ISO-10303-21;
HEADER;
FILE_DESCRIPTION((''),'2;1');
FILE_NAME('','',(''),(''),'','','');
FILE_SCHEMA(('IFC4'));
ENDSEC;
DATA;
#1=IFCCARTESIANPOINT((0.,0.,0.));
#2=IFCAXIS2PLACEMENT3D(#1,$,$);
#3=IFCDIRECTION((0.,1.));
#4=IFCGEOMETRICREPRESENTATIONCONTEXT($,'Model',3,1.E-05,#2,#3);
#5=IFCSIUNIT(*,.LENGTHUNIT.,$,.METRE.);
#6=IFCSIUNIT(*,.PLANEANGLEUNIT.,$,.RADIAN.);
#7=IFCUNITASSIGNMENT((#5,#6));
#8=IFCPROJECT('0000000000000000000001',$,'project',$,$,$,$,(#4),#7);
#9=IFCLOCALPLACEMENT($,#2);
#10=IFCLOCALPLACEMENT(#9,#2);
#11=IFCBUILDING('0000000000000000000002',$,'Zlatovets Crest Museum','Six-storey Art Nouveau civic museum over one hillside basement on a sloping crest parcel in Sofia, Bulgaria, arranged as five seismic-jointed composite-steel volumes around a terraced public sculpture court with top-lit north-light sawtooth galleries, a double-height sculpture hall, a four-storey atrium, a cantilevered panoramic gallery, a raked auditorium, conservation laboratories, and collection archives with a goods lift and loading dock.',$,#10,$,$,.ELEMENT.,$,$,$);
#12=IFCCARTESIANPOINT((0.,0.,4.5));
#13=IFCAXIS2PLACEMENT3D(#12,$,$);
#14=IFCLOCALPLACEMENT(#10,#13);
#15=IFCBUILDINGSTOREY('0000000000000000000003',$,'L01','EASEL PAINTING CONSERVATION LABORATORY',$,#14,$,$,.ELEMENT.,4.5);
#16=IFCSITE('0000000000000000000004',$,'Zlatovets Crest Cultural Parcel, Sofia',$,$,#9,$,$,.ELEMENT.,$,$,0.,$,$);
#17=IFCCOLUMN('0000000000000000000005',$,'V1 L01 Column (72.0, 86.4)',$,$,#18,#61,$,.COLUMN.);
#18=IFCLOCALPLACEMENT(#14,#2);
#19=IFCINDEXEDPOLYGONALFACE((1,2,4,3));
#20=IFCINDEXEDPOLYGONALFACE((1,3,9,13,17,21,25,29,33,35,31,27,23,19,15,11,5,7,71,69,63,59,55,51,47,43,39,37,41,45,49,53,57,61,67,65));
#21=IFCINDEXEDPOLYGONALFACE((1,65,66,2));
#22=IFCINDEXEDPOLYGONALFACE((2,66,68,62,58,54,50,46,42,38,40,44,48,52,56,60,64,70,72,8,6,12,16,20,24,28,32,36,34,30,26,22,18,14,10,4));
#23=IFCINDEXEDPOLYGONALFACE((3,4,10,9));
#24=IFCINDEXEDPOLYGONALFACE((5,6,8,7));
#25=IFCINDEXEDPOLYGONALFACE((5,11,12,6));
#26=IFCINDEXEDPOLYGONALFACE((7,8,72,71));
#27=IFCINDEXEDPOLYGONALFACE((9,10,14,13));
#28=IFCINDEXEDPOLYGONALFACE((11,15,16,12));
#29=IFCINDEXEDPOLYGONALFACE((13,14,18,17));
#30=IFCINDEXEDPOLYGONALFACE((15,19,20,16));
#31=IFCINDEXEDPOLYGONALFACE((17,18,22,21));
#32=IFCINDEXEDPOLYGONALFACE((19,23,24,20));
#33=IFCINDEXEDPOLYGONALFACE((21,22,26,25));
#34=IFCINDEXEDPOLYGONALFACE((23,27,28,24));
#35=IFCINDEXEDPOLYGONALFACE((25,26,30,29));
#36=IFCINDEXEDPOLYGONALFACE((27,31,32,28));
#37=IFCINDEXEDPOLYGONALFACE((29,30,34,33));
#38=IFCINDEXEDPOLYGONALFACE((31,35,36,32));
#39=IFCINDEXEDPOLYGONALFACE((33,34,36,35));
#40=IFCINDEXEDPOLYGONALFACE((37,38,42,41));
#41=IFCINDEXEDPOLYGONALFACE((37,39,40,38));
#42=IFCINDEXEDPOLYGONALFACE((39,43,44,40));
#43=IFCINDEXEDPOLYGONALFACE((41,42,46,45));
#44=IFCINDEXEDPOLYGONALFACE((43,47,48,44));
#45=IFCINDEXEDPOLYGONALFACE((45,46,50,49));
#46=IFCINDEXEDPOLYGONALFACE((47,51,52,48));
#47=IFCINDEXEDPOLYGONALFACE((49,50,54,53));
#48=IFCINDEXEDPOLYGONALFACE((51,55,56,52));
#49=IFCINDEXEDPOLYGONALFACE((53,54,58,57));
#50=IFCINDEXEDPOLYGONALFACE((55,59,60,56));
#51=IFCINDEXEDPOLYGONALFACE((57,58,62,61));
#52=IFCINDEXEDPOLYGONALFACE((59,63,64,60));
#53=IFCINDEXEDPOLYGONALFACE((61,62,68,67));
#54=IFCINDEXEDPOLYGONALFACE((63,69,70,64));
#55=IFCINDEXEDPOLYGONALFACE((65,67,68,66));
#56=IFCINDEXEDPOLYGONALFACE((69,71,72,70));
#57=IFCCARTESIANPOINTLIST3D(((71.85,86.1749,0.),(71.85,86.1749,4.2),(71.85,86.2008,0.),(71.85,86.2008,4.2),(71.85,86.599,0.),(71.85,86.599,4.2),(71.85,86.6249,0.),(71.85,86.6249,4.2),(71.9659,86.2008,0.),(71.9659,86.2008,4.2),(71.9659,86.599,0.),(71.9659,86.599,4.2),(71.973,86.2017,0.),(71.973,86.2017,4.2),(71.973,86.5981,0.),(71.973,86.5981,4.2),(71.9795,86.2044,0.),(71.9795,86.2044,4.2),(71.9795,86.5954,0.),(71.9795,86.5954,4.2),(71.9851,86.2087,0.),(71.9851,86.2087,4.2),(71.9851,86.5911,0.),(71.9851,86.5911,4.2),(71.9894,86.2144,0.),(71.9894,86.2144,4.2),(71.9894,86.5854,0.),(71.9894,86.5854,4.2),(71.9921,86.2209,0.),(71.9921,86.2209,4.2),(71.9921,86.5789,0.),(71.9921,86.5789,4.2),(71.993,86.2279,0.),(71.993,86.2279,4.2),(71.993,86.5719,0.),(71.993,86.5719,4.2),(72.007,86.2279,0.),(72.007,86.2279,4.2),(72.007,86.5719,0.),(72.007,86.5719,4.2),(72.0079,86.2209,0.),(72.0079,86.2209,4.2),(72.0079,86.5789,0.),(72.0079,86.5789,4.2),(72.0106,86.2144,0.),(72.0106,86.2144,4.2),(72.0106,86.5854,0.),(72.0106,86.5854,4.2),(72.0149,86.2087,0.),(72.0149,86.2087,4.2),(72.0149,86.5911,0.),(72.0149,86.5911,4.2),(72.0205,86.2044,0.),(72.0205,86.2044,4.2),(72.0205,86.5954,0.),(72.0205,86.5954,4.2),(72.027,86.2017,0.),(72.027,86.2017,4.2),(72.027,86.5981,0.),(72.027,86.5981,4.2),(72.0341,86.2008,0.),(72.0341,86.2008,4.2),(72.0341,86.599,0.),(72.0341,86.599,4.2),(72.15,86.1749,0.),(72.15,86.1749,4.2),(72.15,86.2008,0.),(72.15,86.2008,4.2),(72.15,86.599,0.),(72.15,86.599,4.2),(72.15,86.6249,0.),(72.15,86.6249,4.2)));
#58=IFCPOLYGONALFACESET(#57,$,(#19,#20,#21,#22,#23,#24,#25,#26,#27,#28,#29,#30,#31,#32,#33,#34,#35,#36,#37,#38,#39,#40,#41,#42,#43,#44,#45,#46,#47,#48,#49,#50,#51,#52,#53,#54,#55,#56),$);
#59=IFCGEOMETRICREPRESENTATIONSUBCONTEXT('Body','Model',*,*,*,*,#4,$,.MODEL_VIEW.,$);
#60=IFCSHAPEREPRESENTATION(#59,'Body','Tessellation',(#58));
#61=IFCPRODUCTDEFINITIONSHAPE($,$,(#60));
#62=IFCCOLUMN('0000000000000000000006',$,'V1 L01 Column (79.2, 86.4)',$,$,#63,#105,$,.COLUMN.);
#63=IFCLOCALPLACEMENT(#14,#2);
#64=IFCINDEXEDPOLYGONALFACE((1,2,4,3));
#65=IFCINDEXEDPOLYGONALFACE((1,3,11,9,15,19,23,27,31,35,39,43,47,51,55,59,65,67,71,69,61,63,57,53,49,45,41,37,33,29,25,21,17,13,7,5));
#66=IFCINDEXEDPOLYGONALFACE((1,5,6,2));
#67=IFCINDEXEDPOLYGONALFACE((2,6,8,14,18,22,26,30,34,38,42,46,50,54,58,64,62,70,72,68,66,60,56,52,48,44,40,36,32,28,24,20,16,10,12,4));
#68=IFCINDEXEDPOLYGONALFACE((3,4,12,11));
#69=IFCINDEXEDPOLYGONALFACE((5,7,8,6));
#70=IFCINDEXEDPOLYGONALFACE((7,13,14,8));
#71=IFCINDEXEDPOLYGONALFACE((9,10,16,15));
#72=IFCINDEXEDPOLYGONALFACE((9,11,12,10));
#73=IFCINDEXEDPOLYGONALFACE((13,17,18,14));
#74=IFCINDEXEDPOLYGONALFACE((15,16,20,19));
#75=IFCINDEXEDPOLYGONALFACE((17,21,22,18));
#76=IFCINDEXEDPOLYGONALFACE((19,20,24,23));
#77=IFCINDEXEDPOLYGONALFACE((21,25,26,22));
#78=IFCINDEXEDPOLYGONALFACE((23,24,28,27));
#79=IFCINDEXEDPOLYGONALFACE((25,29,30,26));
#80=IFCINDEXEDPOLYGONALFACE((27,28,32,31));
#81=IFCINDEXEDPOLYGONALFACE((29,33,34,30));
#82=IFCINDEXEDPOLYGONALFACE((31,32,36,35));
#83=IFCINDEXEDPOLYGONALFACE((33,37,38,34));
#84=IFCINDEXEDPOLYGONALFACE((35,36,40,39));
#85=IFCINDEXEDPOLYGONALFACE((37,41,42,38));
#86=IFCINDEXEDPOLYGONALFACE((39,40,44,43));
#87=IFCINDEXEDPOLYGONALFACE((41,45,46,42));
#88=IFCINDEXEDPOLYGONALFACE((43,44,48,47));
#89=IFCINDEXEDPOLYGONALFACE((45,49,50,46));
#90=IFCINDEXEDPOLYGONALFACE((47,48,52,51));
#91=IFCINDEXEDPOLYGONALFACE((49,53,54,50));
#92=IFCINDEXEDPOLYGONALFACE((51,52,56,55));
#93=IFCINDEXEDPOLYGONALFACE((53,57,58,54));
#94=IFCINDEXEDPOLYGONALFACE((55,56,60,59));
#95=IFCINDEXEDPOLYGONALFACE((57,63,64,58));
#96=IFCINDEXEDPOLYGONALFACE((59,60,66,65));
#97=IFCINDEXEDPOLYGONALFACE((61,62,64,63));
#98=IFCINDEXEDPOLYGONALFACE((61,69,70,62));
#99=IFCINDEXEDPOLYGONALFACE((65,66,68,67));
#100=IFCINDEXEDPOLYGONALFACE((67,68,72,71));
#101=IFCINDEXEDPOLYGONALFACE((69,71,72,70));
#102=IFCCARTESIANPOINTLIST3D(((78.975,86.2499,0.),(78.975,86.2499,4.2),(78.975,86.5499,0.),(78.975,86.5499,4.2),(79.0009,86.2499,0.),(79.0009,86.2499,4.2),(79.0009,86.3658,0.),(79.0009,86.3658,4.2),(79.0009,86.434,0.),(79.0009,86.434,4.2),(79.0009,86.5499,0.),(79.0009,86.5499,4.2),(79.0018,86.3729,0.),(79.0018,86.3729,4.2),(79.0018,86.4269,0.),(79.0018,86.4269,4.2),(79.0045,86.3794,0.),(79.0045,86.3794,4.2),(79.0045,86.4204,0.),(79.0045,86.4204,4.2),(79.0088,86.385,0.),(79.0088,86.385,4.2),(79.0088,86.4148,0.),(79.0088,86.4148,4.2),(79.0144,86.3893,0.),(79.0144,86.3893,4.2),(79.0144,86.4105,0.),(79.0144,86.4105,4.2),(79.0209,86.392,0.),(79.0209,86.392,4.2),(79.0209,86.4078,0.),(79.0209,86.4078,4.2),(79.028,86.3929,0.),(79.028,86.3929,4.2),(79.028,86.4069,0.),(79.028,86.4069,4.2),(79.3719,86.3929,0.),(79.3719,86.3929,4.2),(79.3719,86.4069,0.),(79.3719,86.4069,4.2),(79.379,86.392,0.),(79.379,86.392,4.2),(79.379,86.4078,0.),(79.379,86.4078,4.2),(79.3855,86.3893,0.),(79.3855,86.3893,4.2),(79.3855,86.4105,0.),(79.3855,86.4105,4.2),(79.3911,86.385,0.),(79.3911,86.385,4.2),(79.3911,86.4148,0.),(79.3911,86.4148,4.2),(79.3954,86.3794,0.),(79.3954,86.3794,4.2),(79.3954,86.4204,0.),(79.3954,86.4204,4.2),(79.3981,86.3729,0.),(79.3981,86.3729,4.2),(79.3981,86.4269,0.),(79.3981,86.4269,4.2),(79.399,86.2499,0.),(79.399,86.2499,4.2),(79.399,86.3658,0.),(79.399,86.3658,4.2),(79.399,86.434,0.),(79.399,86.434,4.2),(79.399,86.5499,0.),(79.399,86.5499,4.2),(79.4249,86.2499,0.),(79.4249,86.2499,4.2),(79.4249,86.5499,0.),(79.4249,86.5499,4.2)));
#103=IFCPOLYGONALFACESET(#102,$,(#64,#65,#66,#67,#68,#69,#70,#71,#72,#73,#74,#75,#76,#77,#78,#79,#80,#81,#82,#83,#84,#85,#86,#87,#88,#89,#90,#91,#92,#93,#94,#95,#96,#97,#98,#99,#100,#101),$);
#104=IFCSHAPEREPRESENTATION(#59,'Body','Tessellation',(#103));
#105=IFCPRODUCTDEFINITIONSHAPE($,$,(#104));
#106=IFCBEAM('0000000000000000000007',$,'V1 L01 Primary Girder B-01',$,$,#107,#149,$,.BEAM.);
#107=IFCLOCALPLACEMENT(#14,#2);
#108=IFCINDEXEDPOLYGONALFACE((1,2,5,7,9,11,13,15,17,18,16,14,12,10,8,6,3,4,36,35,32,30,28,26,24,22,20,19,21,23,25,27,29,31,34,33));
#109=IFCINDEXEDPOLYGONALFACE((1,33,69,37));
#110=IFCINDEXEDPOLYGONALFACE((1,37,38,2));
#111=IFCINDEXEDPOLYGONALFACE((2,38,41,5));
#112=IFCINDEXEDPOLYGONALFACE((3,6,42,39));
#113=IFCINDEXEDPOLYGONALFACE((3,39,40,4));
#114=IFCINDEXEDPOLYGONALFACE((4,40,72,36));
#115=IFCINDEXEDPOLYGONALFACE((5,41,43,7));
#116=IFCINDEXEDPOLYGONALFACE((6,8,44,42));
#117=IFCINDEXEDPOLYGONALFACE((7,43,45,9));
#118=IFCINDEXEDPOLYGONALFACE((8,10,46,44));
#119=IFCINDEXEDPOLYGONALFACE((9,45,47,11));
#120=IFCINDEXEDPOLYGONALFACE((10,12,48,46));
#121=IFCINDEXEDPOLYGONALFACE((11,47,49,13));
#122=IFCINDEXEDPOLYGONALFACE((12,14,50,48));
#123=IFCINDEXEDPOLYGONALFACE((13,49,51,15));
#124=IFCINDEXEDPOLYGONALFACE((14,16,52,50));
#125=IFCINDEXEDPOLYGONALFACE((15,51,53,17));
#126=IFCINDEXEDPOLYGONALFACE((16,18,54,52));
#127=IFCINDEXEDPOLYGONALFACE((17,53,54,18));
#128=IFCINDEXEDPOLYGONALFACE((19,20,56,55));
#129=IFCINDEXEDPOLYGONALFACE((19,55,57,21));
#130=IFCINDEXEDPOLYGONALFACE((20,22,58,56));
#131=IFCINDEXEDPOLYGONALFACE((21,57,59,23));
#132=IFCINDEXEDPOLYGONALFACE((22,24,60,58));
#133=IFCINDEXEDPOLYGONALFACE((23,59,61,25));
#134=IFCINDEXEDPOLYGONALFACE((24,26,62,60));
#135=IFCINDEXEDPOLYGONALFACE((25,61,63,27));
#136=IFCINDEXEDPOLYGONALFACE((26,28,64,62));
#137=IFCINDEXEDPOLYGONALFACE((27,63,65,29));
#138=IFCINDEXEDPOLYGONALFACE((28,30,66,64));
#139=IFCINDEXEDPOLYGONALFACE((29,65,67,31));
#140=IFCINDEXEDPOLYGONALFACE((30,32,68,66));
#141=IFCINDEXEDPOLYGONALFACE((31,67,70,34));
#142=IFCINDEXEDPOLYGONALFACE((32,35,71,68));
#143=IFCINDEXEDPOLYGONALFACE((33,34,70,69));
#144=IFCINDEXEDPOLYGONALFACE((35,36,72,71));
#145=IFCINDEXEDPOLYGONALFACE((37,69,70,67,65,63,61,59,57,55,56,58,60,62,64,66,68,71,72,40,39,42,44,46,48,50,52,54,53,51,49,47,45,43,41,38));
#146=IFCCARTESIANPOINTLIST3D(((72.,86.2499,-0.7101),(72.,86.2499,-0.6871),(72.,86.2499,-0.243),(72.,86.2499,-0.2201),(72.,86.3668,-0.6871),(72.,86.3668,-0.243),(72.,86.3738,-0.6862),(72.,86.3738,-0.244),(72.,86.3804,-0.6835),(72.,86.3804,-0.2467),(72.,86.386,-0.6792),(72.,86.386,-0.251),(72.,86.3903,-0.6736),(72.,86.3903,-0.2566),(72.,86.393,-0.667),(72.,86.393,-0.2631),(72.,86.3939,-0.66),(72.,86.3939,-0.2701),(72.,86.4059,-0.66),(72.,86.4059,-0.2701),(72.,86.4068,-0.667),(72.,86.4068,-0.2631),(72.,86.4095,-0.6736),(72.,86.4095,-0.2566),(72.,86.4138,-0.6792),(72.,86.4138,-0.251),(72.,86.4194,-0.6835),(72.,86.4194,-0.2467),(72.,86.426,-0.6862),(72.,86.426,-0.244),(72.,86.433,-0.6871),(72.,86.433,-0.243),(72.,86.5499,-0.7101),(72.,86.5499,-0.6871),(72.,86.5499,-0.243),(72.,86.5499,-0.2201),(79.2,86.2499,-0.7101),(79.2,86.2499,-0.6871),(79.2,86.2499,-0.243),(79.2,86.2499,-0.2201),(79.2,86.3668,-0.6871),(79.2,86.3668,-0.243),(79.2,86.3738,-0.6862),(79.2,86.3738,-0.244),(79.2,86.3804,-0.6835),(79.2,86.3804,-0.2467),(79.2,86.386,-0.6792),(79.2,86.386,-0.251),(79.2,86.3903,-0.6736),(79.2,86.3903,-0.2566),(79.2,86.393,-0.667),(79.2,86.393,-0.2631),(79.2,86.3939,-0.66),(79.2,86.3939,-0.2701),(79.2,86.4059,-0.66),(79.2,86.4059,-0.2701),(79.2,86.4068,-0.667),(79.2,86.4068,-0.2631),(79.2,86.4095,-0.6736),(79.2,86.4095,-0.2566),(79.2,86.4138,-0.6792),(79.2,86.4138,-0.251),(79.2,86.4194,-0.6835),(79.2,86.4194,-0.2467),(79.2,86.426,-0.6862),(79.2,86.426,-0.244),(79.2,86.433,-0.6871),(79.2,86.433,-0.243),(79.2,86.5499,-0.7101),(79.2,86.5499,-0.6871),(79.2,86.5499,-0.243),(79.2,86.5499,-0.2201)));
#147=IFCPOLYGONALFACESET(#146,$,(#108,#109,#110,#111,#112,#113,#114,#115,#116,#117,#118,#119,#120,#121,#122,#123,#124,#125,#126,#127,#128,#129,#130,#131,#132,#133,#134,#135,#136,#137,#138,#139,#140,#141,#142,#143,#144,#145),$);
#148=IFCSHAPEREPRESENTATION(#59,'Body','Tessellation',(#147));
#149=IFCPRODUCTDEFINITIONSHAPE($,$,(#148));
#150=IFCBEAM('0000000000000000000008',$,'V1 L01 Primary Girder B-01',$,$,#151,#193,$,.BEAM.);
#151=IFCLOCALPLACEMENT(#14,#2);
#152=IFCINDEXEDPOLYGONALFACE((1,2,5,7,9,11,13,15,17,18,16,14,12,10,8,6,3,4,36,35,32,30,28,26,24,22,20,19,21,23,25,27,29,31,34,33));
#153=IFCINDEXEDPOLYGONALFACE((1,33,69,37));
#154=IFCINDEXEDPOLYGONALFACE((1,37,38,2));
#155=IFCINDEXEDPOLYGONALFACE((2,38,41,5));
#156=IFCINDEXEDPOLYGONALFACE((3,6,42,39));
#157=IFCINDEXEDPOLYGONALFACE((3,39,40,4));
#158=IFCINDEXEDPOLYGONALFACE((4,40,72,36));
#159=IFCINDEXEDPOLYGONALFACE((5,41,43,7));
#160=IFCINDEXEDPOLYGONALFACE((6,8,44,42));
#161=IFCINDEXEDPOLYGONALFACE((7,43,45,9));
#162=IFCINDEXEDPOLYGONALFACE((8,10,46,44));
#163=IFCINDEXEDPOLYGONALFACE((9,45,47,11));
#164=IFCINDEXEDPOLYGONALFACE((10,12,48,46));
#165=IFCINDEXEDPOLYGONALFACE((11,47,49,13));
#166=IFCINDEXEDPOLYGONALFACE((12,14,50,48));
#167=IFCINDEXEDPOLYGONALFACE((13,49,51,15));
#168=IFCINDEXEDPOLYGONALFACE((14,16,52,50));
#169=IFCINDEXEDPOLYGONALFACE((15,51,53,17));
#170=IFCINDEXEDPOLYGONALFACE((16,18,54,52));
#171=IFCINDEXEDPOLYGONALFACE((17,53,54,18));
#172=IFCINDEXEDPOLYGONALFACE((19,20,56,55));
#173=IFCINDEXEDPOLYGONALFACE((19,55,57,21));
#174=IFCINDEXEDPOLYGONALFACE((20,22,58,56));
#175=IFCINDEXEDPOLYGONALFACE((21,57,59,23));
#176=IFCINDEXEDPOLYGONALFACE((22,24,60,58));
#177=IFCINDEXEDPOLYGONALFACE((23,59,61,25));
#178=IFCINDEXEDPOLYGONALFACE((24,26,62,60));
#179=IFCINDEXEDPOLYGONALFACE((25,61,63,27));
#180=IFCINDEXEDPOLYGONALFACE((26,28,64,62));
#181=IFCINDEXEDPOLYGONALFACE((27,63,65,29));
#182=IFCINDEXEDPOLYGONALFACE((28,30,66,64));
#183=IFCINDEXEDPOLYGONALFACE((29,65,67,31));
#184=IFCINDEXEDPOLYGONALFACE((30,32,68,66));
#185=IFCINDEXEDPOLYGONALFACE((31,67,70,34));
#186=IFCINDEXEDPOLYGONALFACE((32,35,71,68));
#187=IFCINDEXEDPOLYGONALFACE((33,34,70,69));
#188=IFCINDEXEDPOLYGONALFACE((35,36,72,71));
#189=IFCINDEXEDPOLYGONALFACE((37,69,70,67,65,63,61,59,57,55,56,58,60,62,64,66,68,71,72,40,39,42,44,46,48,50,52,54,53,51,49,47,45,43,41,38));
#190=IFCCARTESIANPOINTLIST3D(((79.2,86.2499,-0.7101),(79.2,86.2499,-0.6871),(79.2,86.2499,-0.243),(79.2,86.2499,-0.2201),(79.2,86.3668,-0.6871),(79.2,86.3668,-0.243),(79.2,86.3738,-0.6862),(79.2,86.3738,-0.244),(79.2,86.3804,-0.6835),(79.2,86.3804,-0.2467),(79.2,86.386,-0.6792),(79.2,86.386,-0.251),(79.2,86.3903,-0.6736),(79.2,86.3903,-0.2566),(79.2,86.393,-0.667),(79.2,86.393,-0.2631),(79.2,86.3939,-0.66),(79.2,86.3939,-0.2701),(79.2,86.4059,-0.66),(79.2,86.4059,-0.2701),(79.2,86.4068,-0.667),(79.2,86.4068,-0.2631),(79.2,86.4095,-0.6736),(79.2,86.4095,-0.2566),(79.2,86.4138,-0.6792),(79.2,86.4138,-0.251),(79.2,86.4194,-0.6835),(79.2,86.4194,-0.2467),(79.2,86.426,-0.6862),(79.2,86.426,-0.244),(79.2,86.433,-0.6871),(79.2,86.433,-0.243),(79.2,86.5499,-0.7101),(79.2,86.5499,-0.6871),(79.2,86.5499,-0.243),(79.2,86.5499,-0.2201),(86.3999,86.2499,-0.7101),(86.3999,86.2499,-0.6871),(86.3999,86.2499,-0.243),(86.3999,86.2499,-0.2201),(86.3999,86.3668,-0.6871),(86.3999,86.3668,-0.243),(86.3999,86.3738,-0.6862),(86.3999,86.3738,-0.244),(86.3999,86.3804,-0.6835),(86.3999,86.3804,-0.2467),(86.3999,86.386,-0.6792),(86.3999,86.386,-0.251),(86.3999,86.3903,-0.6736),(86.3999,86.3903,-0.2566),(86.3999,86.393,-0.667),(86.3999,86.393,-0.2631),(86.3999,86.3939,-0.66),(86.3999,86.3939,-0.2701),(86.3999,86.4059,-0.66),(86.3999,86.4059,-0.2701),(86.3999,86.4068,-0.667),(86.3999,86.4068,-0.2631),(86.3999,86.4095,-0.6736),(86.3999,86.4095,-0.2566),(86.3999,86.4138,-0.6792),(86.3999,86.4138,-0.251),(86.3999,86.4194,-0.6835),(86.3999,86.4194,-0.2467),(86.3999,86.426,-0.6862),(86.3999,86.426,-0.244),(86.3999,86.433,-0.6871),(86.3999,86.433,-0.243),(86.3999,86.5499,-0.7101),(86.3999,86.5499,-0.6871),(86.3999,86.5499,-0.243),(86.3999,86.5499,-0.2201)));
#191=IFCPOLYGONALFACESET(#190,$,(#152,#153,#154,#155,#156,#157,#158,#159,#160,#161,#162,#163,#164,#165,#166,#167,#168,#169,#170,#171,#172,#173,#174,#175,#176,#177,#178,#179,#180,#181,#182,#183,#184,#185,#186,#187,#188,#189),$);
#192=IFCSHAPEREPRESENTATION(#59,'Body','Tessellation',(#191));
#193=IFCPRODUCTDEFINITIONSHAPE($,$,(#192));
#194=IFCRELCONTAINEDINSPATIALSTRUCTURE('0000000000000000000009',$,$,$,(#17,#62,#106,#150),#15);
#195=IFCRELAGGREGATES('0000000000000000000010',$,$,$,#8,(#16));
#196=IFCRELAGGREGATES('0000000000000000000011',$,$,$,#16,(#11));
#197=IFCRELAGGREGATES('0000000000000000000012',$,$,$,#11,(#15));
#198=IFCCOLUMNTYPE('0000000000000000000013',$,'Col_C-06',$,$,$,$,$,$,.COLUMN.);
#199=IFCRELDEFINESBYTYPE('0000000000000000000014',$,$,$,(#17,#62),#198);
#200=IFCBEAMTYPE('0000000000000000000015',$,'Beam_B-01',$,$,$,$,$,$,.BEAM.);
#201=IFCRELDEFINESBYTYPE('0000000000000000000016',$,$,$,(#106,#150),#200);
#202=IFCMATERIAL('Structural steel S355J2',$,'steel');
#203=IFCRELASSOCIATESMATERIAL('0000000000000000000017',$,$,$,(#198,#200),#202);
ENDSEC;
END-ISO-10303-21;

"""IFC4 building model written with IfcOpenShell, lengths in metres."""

from ifc_helpers import new_model, si_unit, direction, frame, origin, origin_2d, place, context, subcontext, project, spatial, i_section, extrude, material, material_profile, profile_set, type_object, element, save


model = new_model("IFC4")

# Units and contexts
model_context = context("Model", 3, precision=1e-05, world=origin(), true_north=direction((0.0, 1.0)))
body_context = subcontext(model_context, "Body", "Model", "MODEL_VIEW")
ifc_project = project(units=[si_unit("LENGTHUNIT", "METRE"), si_unit("PLANEANGLEUNIT", "RADIAN")], contexts=[model_context])

# Site, building, storey
site_placement = place(None, origin())
site = spatial("IfcSite", under=ifc_project, at=site_placement, Name="Zlatovets Crest Cultural Parcel, Sofia", CompositionType="ELEMENT", RefElevation=0.0)
building_placement = place(site_placement, origin())
building = spatial("IfcBuilding", under=site, at=building_placement, Name="Zlatovets Crest Museum", Description="Six-storey Art Nouveau civic museum over one hillside basement on a sloping crest parcel in Sofia, Bulgaria, arranged as five seismic-jointed composite-steel volumes around a terraced public sculpture court with top-lit north-light sawtooth galleries, a double-height sculpture hall, a four-storey atrium, a cantilevered panoramic gallery, a raked auditorium, conservation laboratories, and collection archives with a goods lift and loading dock.", CompositionType="ELEMENT")
storey_placement = place(building_placement, frame((0.0, 0.0, 4.5)))
storey = spatial("IfcBuildingStorey", under=building, at=storey_placement, Name="L01", Description="EASEL PAINTING CONSERVATION LABORATORY", CompositionType="ELEMENT", Elevation=4.5)

# Columns
ifc_material_1 = material(Name="Structural steel S355J2", Category="steel")
ifc_material_profile_1 = material_profile(ifc_material_1, i_section(OverallWidth=0.3, OverallDepth=0.45, WebThickness=0.0139, FlangeThickness=0.0259, FilletRadius=0.0271, at=origin_2d()), Name="HEB 450")
ifc_profile_set_1 = profile_set([ifc_material_profile_1], Name="Structural steel S355J2")
column_type = type_object("IfcColumnType", Name="Col_C-06", PredefinedType="COLUMN", material=ifc_profile_set_1)
for number, where, z_axis, x_axis, name in (
    (1, (72.0, 86.3999, 0.0), (0.0, 0.0, 1.0), (1.0, 0.0, 0.0), "V1 L01 Column (72.0, 86.4)"),
    (2, (79.2, 86.3999, 0.0), (0.0, 0.0, 1.0), (0.0, 1.0, 0.0), "V1 L01 Column (79.2, 86.4)"),
):
    element("IfcColumn", number, at=place(storey_placement, frame(where, z_axis=z_axis, x_axis=x_axis)), inside=storey, type_object=column_type, Name=name, PredefinedType="COLUMN", context=body_context, shape_type="SweptSolid", body=[
        extrude(i_section(OverallWidth=0.3, OverallDepth=0.45, WebThickness=0.0139, FlangeThickness=0.0259, FilletRadius=0.0271, at=origin_2d()), origin(), (0.0, 0.0, 1.0), 4.2),
    ])

# Beams
ifc_material_profile_2 = material_profile(ifc_material_1, i_section(OverallWidth=0.3, OverallDepth=0.49, WebThickness=0.012, FlangeThickness=0.0229, FilletRadius=0.0271, at=origin_2d()), Name="HEA 500")
ifc_profile_set_2 = profile_set([ifc_material_profile_2], Name="Structural steel S355J2")
beam_type_1 = type_object("IfcBeamType", Name="Beam_B-01", PredefinedType="BEAM", material=ifc_profile_set_2)
for number, where, z_axis, x_axis, name in (
    (3, (72.0, 86.3999, -0.4651), (1.0, 0.0, 0.0), (0.0, 1.0, 0.0), "V1 L01 Primary Girder B-01"),
    (4, (79.2, 86.3999, -0.4651), (1.0, 0.0, 0.0), (0.0, 1.0, 0.0), "V1 L01 Primary Girder B-01"),
):
    element("IfcBeam", number, at=place(storey_placement, frame(where, z_axis=z_axis, x_axis=x_axis)), inside=storey, type_object=beam_type_1, Name=name, PredefinedType="BEAM", context=body_context, shape_type="SweptSolid", body=[
        extrude(i_section(OverallWidth=0.3, OverallDepth=0.49, WebThickness=0.012, FlangeThickness=0.0229, FilletRadius=0.0271, at=origin_2d()), origin(), (0.0, 0.0, 1.0), 7.2),
    ])

save(model, "model.ifc")
